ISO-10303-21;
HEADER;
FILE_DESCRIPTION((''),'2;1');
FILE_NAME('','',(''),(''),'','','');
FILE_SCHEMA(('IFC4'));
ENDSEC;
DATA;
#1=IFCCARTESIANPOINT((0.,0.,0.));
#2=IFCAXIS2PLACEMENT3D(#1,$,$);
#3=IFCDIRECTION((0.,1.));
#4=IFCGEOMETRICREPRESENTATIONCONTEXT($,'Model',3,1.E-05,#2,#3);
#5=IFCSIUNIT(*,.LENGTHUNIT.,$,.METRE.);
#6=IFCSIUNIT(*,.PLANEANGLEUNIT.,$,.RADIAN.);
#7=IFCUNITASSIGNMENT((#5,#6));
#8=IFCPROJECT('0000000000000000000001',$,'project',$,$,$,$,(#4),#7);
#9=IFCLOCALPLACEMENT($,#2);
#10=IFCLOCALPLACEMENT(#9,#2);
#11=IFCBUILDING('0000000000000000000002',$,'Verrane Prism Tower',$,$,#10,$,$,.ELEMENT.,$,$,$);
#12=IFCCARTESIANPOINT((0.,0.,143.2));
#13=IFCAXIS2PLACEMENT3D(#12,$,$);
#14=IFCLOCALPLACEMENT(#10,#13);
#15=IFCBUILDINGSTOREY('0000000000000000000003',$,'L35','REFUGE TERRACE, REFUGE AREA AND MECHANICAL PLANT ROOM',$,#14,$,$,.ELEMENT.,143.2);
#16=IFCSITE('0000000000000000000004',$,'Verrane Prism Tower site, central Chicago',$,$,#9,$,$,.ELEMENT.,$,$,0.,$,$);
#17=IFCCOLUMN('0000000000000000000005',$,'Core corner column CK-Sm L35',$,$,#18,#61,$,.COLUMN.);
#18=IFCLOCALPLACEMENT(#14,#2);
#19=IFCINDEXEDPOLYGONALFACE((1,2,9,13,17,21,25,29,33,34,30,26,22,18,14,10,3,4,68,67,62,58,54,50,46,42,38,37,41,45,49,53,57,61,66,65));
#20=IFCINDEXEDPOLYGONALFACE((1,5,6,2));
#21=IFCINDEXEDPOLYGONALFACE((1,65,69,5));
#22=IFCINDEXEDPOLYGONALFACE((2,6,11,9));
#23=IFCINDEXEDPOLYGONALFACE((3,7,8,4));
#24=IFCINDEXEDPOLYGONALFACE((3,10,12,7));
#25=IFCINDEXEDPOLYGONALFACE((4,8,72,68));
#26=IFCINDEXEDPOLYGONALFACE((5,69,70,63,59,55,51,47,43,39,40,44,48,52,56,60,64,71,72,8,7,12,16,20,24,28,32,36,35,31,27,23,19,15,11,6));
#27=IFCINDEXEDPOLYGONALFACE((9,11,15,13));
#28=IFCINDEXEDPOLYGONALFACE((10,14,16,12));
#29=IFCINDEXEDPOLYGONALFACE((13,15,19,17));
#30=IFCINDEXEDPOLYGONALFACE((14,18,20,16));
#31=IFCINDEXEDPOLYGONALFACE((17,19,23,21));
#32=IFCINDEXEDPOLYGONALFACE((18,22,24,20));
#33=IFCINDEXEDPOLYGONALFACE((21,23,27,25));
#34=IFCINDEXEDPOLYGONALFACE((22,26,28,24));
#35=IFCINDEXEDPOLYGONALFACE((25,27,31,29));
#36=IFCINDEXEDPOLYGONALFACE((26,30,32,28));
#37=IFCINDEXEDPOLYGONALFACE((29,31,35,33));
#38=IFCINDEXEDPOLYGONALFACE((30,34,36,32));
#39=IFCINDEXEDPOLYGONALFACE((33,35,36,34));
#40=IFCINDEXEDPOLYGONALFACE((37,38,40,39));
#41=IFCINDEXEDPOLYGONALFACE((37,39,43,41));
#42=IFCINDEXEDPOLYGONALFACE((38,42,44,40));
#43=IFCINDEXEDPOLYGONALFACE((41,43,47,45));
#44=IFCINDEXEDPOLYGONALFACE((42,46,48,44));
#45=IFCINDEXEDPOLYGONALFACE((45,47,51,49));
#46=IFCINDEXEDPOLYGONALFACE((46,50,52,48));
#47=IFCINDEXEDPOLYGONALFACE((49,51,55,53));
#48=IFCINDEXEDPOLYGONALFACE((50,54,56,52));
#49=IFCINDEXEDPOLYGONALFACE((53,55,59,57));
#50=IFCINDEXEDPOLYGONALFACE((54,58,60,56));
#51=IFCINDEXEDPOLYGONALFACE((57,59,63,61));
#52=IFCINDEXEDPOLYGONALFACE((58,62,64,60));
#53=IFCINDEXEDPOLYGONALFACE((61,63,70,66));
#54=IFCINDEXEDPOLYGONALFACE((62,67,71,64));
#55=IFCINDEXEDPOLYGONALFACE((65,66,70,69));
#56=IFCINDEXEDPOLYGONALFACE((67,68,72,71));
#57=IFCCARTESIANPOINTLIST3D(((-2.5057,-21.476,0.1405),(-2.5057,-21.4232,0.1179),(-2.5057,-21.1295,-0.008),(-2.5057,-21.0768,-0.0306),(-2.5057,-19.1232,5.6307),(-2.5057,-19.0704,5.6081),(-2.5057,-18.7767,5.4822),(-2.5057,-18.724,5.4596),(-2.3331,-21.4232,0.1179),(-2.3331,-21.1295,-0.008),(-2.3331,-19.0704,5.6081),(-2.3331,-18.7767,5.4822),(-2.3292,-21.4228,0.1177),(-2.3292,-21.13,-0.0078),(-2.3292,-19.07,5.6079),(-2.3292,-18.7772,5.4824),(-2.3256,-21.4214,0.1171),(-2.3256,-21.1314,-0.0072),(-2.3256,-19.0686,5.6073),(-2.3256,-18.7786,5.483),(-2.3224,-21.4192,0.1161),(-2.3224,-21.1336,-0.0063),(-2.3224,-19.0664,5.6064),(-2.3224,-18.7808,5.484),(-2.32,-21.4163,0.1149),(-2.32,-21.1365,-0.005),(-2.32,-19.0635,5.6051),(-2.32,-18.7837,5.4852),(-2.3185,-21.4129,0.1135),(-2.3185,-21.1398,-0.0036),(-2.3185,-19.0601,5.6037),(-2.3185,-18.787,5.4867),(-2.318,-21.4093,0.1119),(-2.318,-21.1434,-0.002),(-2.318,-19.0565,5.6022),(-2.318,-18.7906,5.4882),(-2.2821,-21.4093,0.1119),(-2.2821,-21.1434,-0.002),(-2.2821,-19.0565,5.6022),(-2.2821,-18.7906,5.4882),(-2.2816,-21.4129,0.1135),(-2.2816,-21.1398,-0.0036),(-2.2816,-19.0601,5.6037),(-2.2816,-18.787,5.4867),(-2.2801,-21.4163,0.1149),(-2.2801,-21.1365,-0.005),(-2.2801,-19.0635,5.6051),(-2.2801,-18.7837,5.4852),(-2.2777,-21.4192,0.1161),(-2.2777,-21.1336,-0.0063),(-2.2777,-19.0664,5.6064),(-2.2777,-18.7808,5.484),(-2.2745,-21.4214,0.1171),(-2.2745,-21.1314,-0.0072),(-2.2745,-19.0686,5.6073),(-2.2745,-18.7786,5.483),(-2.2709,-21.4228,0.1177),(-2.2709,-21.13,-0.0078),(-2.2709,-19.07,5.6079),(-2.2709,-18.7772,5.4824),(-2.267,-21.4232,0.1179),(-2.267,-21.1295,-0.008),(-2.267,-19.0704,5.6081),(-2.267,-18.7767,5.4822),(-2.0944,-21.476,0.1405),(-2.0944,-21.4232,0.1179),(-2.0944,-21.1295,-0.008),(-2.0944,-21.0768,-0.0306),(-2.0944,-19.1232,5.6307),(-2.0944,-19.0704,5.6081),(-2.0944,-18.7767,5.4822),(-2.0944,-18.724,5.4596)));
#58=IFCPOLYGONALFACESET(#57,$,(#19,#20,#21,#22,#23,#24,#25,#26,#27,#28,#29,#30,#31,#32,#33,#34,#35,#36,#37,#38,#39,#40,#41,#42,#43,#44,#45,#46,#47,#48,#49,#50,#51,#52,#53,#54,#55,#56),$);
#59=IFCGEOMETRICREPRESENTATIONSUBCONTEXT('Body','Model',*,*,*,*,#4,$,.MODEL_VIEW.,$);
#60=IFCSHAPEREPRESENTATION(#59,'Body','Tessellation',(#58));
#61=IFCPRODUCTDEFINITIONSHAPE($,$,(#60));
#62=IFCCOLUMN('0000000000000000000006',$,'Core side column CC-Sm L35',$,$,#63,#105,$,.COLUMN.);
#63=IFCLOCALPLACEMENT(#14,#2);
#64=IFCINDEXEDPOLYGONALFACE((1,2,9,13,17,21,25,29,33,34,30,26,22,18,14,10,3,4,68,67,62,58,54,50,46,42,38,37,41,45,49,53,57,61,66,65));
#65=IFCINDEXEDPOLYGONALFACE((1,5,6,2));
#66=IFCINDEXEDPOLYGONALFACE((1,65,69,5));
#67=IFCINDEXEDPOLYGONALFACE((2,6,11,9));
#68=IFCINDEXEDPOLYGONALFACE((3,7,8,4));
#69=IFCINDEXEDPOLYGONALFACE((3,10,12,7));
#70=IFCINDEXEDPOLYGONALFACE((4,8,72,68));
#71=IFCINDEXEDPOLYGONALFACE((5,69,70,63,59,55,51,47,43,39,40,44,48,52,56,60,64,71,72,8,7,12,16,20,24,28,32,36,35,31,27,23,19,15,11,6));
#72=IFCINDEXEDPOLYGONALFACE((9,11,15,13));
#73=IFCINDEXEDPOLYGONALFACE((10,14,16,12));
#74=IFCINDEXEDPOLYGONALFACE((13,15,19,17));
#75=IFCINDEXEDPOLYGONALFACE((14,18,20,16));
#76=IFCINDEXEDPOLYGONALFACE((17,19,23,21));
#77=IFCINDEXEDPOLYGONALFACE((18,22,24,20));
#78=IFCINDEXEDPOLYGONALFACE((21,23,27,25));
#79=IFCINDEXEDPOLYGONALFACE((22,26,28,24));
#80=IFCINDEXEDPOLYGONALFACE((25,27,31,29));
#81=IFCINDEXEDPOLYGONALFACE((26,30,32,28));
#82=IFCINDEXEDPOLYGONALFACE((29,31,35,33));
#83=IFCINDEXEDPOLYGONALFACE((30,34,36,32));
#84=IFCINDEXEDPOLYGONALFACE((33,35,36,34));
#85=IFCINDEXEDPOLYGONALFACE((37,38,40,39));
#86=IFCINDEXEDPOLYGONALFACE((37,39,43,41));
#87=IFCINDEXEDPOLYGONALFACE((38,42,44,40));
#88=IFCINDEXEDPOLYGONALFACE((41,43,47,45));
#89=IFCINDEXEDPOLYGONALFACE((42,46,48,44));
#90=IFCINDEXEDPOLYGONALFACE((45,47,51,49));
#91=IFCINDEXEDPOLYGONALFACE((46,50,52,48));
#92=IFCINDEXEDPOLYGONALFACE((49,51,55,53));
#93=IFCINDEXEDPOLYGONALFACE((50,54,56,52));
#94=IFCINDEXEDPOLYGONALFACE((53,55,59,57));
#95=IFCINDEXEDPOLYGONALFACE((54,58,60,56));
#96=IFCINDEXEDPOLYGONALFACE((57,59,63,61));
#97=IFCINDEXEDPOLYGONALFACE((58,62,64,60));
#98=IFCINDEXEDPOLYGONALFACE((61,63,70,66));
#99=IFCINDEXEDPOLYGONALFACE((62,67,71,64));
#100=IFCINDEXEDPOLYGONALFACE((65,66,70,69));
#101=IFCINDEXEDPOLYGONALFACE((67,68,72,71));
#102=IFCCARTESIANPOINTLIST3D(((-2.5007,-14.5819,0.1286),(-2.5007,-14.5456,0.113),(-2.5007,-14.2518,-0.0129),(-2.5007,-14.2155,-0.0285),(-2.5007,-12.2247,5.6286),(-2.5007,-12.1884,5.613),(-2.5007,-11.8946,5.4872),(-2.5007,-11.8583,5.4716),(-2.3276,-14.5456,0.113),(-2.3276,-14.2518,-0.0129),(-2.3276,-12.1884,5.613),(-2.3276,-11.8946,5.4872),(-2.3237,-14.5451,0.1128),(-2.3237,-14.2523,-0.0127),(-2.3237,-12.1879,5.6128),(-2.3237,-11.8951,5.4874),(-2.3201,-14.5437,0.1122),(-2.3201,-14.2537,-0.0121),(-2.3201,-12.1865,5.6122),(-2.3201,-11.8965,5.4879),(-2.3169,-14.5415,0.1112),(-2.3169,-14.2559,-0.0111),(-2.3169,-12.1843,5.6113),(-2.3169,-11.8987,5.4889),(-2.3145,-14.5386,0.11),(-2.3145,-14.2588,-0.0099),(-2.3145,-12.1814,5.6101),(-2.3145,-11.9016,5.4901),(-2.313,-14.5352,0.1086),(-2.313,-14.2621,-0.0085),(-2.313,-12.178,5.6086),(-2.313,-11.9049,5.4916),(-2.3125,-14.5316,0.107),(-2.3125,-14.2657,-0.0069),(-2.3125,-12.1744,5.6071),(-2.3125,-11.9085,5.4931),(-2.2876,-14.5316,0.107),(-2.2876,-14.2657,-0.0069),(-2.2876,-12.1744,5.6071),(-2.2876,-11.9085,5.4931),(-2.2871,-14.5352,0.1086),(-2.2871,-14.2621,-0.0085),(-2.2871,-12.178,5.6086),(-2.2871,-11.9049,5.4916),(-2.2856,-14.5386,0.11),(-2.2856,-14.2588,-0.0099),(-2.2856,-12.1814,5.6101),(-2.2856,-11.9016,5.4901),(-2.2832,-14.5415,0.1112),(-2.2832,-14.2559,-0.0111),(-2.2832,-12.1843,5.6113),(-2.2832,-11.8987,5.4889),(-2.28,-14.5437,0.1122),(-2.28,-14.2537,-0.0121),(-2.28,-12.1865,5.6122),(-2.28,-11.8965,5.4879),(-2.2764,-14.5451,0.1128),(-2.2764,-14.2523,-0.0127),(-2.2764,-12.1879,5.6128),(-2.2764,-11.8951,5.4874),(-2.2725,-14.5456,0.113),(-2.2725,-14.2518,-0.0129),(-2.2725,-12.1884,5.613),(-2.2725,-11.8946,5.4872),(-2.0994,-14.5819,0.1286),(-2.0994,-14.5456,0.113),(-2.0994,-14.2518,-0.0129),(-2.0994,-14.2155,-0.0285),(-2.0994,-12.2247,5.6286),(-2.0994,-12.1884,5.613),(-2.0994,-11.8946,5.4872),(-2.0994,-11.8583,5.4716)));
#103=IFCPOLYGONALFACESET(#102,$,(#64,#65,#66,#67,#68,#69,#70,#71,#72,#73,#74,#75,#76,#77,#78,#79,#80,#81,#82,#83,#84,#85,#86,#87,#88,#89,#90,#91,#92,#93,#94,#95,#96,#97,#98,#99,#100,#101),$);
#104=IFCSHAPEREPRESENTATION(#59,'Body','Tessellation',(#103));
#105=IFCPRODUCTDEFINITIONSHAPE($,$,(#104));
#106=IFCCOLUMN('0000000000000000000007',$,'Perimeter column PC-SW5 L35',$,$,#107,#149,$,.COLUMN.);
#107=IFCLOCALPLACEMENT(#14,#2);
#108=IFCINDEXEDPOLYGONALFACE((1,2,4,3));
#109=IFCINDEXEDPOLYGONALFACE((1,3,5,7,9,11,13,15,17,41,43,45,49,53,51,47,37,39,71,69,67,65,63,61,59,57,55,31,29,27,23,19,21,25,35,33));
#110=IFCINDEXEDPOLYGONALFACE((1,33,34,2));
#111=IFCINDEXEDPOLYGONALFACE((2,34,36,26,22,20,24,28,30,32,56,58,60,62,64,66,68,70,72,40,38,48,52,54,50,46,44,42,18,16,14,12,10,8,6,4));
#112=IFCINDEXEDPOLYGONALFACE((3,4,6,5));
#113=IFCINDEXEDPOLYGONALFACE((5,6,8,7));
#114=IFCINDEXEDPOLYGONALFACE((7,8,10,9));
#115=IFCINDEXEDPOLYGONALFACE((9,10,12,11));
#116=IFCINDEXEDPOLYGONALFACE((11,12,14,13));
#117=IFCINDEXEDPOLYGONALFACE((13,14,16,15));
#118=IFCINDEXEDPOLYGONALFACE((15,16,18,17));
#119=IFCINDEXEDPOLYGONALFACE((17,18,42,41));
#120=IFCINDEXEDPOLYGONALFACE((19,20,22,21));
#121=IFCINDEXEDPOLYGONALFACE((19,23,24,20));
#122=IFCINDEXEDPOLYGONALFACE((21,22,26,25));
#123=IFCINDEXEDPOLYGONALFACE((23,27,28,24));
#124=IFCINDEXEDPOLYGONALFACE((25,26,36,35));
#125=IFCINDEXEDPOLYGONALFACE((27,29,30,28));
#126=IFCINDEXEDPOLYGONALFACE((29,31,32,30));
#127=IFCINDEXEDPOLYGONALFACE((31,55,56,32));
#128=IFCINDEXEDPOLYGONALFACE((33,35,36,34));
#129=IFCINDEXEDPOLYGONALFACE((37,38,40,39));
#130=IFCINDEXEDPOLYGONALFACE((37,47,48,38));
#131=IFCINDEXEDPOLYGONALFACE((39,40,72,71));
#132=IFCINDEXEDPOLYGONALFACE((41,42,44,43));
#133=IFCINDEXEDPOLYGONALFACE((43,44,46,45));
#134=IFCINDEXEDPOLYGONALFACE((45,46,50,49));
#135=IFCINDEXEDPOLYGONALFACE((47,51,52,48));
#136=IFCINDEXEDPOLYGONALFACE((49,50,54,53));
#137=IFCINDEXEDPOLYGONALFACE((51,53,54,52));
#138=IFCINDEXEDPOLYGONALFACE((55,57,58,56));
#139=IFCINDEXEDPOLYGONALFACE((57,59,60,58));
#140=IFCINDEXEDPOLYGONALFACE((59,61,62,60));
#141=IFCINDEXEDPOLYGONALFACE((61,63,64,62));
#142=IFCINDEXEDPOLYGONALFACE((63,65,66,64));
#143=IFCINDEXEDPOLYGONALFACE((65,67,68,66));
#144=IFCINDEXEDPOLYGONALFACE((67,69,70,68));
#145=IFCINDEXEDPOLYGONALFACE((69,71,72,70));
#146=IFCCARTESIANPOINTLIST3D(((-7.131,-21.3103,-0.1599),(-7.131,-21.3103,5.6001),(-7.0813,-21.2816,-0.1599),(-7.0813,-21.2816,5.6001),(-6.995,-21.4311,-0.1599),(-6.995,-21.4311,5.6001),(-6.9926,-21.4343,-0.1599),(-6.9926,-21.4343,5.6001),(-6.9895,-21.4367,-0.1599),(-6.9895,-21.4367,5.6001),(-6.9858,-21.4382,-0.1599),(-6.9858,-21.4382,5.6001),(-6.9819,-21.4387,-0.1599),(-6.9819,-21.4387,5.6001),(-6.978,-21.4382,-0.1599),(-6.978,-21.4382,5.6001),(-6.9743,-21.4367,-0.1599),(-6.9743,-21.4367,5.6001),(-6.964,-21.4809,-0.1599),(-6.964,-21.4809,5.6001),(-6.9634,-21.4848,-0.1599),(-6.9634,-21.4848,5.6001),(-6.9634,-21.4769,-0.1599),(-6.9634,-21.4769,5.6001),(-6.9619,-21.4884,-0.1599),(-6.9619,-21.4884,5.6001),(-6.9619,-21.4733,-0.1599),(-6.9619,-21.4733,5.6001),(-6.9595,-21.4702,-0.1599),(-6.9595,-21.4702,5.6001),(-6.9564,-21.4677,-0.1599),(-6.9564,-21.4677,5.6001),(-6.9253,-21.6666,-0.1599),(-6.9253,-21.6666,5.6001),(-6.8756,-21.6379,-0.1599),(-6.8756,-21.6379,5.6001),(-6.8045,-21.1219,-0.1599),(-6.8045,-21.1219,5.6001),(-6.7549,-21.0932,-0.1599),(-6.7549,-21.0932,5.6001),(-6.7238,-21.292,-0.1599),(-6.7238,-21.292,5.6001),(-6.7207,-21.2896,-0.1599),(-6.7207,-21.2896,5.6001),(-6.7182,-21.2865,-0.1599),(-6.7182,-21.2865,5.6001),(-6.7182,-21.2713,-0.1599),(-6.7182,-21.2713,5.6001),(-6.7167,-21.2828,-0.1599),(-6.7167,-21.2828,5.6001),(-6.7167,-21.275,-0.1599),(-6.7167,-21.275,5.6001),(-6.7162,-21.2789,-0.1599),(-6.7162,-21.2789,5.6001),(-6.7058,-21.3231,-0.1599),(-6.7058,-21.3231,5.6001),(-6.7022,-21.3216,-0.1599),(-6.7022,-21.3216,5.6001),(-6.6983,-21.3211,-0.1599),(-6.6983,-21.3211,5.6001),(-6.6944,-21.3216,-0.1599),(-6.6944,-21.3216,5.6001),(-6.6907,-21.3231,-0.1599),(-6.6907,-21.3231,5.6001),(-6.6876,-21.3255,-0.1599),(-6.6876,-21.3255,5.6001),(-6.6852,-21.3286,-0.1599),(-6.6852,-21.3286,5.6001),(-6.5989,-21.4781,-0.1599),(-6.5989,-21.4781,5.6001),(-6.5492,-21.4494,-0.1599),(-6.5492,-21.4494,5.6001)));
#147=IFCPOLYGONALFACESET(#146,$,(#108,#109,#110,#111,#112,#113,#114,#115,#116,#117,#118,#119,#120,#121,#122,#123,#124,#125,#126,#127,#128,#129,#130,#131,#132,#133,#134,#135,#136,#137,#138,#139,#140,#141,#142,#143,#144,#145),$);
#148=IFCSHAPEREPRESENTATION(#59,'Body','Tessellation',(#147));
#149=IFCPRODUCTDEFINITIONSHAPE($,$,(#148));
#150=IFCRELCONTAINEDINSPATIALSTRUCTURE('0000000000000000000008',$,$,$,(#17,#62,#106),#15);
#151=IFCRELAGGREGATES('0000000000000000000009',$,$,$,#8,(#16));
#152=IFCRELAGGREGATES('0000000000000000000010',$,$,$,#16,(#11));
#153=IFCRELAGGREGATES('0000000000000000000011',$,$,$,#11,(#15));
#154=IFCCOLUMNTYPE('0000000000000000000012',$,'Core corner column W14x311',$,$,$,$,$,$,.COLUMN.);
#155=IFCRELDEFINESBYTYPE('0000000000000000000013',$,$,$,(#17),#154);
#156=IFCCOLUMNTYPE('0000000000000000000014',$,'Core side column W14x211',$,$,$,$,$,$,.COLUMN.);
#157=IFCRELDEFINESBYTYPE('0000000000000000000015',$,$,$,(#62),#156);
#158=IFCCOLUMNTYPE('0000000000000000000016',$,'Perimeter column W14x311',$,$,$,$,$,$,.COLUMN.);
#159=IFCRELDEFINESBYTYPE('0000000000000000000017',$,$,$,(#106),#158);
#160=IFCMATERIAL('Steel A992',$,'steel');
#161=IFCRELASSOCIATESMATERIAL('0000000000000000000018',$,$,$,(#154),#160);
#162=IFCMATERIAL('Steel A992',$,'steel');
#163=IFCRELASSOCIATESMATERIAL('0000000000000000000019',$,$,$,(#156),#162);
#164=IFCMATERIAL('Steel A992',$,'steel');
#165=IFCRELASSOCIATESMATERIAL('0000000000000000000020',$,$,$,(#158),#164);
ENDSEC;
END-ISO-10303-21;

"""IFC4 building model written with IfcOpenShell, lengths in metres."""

from ifc_helpers import new_model, si_unit, direction, frame, origin, origin_2d, place, context, subcontext, project, spatial, i_section, extrude, material, material_profile, profile_set, type_object, element, save


model = new_model("IFC4")

# Units and contexts
model_context = context("Model", 3, precision=1e-05, world=origin(), true_north=direction((0.0, 1.0)))
body_context = subcontext(model_context, "Body", "Model", "MODEL_VIEW")
ifc_project = project(units=[si_unit("LENGTHUNIT", "METRE"), si_unit("PLANEANGLEUNIT", "RADIAN")], contexts=[model_context])

# Site, building, storey
site_placement = place(None, origin())
site = spatial("IfcSite", under=ifc_project, at=site_placement, Name="Verrane Prism Tower site, central Chicago", CompositionType="ELEMENT", RefElevation=0.0)
building_placement = place(site_placement, origin())
building = spatial("IfcBuilding", under=site, at=building_placement, Name="Verrane Prism Tower", CompositionType="ELEMENT")
storey_placement = place(building_placement, frame((0.0, 0.0, 143.2)))
storey = spatial("IfcBuildingStorey", under=building, at=storey_placement, Name="L35", Description="REFUGE TERRACE, REFUGE AREA AND MECHANICAL PLANT ROOM", CompositionType="ELEMENT", Elevation=143.2)

# Columns
ifc_material_1 = material(Name="Steel A992", Category="steel")
ifc_material_profile_1 = material_profile(ifc_material_1, i_section(OverallWidth=0.4114, OverallDepth=0.4343, WebThickness=0.0359, FlangeThickness=0.0574, FilletRadius=0.0151, at=origin_2d()), Name="W14x311")
ifc_profile_set_1 = profile_set([ifc_material_profile_1], Name="Steel A992")
column_type_1 = type_object("IfcColumnType", Name="Core corner column W14x311", PredefinedType="COLUMN", material=ifc_profile_set_1)
column_1_placement = place(storey_placement, frame((-2.3, -21.2764, 0.0549), z_axis=(0.0, 0.393895, 0.919156), x_axis=(-1.0, 0.0, 0.0)))
element("IfcColumn", 1, at=column_1_placement, inside=storey, type_object=column_type_1, Name="Core corner column CK-Sm L35", PredefinedType="COLUMN", context=body_context, shape_type="SweptSolid", body=[
    extrude(i_section(OverallWidth=0.4114, OverallDepth=0.4343, WebThickness=0.0359, FlangeThickness=0.0574, FilletRadius=0.0151, at=origin_2d()), origin(), (0.0, 0.0, 1.0), 5.9731),
])
ifc_material_2 = material(Name="Steel A992", Category="steel")
ifc_material_profile_2 = material_profile(ifc_material_2, i_section(OverallWidth=0.4014, OverallDepth=0.3987, WebThickness=0.0249, FlangeThickness=0.0396, FilletRadius=0.0151, at=origin_2d()), Name="W14x211")
ifc_profile_set_2 = profile_set([ifc_material_profile_2], Name="Steel A992")
column_type_2 = type_object("IfcColumnType", Name="Core side column W14x211", PredefinedType="COLUMN", material=ifc_profile_set_2)
column_2_placement = place(storey_placement, frame((-2.3, -14.3987, 0.05), z_axis=(0.0, 0.393924, 0.919143), x_axis=(1.0, 0.0, 0.0)))
element("IfcColumn", 2, at=column_2_placement, inside=storey, type_object=column_type_2, Name="Core side column CC-Sm L35", PredefinedType="COLUMN", context=body_context, shape_type="SweptSolid", body=[
    extrude(i_section(OverallWidth=0.4014, OverallDepth=0.3987, WebThickness=0.0249, FlangeThickness=0.0396, FilletRadius=0.0151, at=origin_2d()), origin(), (0.0, 0.0, 1.0), 5.9839),
])
ifc_material_3 = material(Name="Steel A992", Category="steel")
ifc_material_profile_3 = material_profile(ifc_material_3, i_section(OverallWidth=0.4114, OverallDepth=0.4343, WebThickness=0.0359, FlangeThickness=0.0574, FilletRadius=0.0151, at=origin_2d()), Name="W14x311")
ifc_profile_set_3 = profile_set([ifc_material_profile_3], Name="Steel A992")
column_type_3 = type_object("IfcColumnType", Name="Perimeter column W14x311", PredefinedType="COLUMN", material=ifc_profile_set_3)
column_3_placement = place(storey_placement, frame((-6.8401, -21.3799, -0.1599), z_axis=(0.0, 0.0, 1.0), x_axis=(-0.5, 0.866025, 0.0)))
element("IfcColumn", 3, at=column_3_placement, inside=storey, type_object=column_type_3, Name="Perimeter column PC-SW5 L35", PredefinedType="COLUMN", context=body_context, shape_type="SweptSolid", body=[
    extrude(i_section(OverallWidth=0.4114, OverallDepth=0.4343, WebThickness=0.0359, FlangeThickness=0.0574, FilletRadius=0.0151, at=origin_2d()), origin(), (0.0, 0.0, 1.0), 5.76),
])

save(model, "model.ifc")
